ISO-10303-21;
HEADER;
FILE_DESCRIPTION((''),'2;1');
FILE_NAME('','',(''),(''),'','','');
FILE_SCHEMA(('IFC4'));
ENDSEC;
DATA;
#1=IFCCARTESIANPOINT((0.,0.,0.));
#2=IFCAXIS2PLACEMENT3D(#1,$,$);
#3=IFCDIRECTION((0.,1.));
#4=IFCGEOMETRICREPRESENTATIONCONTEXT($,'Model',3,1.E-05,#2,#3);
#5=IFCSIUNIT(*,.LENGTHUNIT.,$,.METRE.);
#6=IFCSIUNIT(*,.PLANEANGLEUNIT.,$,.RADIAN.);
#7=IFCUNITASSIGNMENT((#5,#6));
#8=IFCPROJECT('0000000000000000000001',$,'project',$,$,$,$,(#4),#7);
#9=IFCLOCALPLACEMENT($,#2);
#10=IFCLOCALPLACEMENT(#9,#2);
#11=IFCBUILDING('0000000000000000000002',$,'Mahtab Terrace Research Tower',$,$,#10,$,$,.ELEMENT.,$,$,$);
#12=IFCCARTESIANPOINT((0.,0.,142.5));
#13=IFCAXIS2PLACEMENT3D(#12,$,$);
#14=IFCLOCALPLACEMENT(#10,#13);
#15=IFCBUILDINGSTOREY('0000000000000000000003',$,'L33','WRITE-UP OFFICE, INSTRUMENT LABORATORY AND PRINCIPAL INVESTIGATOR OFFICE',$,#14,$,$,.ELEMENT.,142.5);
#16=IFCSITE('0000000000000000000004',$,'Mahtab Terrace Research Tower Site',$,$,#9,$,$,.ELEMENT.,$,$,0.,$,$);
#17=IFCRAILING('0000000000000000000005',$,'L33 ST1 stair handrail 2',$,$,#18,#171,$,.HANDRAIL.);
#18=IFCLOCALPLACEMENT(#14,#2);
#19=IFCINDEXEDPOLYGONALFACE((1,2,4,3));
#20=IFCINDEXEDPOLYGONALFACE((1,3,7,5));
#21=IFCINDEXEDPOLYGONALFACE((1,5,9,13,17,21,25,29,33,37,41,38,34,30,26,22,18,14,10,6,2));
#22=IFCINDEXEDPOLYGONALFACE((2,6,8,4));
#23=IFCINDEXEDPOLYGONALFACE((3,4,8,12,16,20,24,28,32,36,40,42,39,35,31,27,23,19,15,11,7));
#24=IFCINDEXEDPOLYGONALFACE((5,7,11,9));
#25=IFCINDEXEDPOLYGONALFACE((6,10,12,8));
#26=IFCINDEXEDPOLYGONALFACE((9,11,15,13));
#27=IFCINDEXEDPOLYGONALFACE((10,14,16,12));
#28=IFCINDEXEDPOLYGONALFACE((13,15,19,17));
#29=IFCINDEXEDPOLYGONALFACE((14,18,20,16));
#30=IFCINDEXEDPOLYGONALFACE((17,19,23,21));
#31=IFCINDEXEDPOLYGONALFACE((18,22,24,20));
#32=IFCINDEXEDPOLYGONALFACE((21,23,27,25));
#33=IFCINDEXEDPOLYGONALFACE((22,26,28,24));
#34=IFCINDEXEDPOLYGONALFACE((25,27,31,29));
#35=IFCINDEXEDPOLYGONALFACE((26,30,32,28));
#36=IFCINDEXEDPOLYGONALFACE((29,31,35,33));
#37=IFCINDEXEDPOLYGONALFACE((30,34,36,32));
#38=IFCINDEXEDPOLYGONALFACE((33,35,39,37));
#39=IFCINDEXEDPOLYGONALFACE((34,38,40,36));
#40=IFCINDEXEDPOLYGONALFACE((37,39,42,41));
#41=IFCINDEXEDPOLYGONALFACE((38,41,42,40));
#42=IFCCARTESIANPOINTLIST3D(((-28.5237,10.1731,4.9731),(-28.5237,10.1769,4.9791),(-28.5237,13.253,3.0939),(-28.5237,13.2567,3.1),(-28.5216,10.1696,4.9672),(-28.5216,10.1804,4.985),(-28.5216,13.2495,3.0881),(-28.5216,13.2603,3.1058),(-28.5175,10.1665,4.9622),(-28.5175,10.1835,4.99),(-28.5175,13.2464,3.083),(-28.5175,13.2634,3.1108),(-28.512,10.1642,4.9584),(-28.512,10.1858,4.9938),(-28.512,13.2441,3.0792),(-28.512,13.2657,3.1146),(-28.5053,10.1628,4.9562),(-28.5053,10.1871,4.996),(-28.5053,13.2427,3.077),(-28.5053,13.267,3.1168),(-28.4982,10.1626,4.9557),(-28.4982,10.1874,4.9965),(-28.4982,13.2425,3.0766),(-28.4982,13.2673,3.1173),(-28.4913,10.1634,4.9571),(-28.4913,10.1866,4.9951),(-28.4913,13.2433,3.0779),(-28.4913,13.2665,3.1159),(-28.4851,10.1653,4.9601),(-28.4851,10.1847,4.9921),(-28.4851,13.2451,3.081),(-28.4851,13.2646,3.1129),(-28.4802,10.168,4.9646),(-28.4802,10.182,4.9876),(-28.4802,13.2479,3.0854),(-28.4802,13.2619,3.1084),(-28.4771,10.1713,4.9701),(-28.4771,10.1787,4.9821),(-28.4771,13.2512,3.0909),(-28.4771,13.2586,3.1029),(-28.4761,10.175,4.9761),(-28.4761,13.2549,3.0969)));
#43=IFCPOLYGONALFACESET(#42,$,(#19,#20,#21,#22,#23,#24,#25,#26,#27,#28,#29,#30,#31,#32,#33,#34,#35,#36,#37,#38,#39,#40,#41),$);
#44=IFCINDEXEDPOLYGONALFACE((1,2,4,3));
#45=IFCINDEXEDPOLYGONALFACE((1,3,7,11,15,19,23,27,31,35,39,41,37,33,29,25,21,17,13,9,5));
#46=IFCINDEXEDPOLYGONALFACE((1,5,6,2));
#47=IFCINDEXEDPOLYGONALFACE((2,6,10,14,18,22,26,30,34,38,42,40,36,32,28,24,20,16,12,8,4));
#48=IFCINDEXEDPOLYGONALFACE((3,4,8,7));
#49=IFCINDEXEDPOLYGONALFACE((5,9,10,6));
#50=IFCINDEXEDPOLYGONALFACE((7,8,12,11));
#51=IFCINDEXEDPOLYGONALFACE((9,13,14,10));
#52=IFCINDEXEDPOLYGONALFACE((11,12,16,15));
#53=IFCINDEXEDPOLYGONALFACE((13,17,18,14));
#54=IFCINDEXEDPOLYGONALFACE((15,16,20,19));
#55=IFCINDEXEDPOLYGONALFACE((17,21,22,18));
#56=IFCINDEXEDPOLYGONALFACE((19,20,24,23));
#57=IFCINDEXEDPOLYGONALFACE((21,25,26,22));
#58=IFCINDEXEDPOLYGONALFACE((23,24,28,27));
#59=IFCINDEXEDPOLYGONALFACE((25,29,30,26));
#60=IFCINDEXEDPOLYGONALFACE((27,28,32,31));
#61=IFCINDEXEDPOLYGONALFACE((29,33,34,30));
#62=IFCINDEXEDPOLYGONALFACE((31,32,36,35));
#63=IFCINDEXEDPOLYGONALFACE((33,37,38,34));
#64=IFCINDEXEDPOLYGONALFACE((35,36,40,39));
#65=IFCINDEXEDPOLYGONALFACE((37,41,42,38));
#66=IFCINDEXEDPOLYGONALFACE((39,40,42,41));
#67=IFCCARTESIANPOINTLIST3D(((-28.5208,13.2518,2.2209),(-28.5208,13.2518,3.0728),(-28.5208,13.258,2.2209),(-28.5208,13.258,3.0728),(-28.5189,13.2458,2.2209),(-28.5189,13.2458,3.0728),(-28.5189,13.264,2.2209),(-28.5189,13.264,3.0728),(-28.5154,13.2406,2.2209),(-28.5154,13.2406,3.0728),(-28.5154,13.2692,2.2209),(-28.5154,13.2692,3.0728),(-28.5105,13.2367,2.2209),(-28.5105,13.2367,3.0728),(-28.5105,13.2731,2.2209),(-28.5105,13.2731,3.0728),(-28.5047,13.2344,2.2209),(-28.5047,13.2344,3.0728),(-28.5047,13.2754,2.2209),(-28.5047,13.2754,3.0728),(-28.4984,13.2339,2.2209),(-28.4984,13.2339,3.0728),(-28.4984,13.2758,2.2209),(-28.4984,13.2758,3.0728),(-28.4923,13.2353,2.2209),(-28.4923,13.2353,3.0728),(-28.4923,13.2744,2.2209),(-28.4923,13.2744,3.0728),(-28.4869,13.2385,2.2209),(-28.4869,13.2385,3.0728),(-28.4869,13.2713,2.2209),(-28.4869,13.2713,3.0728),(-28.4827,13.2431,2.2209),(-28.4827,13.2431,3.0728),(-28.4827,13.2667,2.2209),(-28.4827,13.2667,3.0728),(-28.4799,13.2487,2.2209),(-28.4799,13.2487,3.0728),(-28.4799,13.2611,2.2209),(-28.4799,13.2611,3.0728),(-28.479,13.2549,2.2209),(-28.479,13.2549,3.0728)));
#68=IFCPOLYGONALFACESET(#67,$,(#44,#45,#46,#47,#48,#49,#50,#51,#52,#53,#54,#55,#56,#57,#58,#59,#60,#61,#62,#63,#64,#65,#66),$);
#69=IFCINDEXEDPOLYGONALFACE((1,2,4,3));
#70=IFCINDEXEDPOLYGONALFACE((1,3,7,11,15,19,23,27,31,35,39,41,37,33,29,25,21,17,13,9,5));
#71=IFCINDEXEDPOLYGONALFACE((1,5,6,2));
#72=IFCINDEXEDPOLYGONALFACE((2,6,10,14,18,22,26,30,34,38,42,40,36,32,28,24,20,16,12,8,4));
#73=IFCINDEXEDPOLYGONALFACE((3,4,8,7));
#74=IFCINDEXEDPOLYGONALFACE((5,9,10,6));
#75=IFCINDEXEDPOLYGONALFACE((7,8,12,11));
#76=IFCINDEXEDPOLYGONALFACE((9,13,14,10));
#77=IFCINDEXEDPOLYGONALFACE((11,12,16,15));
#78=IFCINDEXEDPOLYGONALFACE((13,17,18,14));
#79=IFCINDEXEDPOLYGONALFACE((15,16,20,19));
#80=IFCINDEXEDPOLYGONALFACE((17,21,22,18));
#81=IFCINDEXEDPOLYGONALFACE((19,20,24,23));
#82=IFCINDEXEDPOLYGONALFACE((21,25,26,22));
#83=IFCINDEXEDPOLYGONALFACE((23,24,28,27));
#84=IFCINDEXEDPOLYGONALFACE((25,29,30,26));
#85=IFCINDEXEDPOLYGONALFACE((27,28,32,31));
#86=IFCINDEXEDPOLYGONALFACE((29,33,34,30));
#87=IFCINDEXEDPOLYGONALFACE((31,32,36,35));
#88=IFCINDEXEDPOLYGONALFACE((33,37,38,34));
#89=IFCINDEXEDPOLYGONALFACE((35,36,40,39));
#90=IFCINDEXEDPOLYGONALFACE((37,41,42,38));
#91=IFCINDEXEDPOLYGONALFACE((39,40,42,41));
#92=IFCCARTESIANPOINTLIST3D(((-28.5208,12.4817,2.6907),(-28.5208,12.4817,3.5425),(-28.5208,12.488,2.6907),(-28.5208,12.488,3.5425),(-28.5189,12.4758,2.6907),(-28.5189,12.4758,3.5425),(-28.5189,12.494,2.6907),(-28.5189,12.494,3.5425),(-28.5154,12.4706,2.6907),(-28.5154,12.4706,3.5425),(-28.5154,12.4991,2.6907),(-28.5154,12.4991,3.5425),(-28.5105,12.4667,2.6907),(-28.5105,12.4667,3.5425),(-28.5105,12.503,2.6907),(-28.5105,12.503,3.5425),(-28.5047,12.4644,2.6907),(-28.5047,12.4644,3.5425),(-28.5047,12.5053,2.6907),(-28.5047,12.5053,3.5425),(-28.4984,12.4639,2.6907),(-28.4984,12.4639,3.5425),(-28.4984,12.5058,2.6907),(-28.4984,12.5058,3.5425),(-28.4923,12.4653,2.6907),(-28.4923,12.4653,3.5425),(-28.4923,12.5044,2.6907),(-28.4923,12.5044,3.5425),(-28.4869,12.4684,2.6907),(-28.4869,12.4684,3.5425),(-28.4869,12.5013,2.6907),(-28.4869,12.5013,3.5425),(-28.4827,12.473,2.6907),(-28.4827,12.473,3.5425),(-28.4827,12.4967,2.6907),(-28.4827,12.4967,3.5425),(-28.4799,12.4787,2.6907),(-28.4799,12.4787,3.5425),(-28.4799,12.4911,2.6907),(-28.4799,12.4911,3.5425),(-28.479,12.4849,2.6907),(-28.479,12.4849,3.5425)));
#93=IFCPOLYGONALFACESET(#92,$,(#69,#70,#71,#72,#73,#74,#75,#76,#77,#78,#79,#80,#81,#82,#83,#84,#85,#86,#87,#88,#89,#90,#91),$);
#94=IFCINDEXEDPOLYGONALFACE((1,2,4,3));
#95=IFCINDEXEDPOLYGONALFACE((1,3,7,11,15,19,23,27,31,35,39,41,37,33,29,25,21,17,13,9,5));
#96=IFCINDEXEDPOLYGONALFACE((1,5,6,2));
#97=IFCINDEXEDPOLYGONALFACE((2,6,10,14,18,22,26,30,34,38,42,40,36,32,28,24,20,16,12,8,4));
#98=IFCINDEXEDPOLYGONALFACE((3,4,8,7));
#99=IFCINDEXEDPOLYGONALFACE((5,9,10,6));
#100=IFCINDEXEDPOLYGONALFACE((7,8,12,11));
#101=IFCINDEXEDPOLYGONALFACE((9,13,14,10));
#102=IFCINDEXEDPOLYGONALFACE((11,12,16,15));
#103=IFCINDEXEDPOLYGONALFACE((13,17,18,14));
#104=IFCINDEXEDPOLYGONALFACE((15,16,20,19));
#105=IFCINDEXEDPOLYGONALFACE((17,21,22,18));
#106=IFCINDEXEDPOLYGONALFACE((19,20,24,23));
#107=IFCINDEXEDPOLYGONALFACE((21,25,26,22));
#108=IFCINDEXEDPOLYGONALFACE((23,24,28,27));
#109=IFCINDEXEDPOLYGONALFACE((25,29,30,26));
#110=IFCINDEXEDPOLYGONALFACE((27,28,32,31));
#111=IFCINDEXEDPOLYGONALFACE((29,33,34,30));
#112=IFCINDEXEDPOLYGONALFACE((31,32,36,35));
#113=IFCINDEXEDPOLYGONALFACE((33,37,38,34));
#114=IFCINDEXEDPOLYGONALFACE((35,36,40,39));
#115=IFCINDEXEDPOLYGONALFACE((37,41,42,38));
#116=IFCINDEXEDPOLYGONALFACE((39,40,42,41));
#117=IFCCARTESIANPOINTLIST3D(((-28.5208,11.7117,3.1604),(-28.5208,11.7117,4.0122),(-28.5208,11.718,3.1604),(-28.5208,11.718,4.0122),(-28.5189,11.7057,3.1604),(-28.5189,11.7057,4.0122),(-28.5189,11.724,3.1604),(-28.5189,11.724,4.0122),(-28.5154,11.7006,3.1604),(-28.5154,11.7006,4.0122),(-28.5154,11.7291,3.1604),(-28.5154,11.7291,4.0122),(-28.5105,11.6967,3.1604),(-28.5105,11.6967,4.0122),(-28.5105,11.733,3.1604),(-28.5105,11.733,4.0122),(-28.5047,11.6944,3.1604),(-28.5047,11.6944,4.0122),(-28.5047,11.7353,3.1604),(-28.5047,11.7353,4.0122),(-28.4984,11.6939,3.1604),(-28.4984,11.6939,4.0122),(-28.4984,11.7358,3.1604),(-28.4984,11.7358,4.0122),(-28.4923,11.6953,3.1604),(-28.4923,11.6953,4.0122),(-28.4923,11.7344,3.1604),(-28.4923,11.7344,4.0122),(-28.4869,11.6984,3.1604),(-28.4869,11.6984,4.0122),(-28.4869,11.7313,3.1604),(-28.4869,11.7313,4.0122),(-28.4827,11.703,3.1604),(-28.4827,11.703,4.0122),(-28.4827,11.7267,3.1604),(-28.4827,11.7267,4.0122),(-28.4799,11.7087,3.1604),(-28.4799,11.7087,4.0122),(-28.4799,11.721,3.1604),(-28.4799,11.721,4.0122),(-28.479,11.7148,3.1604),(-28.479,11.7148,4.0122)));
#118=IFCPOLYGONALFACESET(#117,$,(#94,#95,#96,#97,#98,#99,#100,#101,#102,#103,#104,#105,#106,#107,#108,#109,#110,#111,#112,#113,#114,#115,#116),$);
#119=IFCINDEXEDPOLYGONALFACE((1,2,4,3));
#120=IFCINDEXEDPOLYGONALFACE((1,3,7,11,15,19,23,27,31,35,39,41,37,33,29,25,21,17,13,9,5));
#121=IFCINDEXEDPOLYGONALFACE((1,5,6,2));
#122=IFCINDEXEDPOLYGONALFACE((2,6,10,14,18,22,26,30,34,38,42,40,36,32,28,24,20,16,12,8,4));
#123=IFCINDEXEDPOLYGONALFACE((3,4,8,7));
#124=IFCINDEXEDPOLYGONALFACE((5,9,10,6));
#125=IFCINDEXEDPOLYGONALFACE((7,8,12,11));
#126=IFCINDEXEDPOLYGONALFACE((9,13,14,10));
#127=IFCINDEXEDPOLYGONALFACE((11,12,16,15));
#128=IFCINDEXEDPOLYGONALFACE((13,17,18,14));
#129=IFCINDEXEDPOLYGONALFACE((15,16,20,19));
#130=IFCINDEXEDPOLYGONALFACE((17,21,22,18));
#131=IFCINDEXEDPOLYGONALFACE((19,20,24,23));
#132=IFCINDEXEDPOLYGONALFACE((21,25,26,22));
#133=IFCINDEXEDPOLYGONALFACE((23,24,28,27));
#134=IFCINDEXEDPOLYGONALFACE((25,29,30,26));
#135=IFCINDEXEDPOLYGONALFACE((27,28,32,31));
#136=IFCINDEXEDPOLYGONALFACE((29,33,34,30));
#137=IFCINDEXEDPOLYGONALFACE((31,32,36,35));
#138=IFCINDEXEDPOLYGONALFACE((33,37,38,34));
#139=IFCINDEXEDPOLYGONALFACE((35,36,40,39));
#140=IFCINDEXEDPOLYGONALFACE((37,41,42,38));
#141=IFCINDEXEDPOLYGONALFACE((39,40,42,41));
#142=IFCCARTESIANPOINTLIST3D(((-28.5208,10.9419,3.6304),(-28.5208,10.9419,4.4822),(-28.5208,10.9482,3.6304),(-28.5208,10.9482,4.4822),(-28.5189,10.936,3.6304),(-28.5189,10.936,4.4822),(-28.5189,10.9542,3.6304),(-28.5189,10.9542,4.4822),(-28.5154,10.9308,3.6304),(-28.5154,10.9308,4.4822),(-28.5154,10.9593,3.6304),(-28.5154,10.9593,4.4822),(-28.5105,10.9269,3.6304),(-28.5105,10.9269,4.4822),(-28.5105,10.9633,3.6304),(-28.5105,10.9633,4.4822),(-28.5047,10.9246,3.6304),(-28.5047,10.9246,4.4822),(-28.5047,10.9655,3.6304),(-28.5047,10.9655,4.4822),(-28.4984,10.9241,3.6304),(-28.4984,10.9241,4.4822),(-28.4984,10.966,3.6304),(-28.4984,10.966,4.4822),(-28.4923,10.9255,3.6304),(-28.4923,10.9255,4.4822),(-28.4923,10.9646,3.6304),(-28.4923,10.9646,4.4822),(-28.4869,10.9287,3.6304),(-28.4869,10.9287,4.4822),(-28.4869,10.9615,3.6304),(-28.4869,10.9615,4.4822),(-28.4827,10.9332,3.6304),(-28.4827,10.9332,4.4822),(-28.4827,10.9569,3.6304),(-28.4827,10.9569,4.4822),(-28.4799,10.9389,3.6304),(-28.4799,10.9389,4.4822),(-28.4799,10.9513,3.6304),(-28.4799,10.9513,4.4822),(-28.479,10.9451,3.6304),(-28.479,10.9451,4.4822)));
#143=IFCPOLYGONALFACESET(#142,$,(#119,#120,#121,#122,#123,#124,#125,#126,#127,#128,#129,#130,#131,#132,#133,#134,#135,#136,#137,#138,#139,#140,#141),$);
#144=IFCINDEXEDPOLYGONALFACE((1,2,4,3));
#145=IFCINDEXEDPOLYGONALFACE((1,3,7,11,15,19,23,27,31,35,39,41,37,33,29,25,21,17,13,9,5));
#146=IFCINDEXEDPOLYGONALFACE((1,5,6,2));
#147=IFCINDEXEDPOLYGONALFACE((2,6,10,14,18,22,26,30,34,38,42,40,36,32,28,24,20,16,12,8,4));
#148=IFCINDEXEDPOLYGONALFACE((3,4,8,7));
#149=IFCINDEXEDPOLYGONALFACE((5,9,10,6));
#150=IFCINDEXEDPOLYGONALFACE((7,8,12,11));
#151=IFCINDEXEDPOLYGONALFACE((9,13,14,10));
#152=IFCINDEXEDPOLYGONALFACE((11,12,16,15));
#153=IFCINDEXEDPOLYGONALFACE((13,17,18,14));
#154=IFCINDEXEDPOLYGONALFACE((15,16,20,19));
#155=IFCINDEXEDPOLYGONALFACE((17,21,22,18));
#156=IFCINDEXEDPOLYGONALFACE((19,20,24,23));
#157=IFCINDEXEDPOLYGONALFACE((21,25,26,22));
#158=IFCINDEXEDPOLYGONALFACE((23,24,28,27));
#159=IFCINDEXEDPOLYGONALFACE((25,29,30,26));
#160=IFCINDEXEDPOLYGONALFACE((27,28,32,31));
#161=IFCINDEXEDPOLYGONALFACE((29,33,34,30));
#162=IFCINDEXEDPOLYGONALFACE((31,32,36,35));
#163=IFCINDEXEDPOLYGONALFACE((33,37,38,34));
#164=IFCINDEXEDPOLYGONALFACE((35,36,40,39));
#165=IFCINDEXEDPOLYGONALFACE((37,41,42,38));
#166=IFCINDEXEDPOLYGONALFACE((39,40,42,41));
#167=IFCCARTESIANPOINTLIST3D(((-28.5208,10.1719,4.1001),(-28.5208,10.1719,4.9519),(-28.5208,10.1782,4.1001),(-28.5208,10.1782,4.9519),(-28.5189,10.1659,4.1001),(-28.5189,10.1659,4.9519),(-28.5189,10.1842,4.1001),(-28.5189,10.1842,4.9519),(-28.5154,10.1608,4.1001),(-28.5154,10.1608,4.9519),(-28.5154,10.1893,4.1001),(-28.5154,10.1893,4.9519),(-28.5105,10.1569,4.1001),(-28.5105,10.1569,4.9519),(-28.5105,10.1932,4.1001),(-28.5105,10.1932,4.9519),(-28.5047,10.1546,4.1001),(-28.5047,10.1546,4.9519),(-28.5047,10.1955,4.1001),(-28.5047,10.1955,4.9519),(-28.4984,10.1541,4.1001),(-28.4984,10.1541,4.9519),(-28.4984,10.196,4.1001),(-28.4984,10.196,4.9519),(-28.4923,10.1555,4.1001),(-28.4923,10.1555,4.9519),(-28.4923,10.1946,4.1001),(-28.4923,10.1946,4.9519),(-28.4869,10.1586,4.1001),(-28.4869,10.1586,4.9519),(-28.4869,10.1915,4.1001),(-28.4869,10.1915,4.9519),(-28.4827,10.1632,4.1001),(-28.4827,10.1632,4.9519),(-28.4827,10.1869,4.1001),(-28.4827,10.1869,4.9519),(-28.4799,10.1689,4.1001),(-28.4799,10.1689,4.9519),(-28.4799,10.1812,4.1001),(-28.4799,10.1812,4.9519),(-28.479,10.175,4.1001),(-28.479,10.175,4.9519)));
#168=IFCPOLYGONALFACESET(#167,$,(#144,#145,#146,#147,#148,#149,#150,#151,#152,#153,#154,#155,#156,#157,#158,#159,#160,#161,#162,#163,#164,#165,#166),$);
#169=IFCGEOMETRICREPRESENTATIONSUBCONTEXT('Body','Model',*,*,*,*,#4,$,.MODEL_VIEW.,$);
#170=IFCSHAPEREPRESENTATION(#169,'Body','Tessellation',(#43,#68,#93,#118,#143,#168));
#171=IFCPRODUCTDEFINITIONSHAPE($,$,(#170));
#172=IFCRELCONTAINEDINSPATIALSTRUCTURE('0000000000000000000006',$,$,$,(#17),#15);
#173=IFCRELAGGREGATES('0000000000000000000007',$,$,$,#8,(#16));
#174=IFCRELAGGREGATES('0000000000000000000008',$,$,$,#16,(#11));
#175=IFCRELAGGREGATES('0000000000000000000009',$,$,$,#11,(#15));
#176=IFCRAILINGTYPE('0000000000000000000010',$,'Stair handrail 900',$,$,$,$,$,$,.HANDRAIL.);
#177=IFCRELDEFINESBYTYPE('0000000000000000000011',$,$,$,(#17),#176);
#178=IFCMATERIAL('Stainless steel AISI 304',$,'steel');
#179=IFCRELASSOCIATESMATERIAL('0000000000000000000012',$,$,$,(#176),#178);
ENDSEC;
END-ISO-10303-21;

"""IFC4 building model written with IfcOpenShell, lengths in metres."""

from ifc_helpers import new_model, si_unit, direction, frame, origin, origin_2d, place, context, subcontext, project, spatial, circle, extrude, material, type_object, element, save


model = new_model("IFC4")

# Units and contexts
model_context = context("Model", 3, precision=1e-05, world=origin(), true_north=direction((0.0, 1.0)))
body_context = subcontext(model_context, "Body", "Model", "MODEL_VIEW")
ifc_project = project(units=[si_unit("LENGTHUNIT", "METRE"), si_unit("PLANEANGLEUNIT", "RADIAN")], contexts=[model_context])

# Site, building, storey
site_placement = place(None, origin())
site = spatial("IfcSite", under=ifc_project, at=site_placement, Name="Mahtab Terrace Research Tower Site", CompositionType="ELEMENT", RefElevation=0.0)
building_placement = place(site_placement, origin())
building = spatial("IfcBuilding", under=site, at=building_placement, Name="Mahtab Terrace Research Tower", CompositionType="ELEMENT")
storey_placement = place(building_placement, frame((0.0, 0.0, 142.5)))
storey = spatial("IfcBuildingStorey", under=building, at=storey_placement, Name="L33", Description="WRITE-UP OFFICE, INSTRUMENT LABORATORY AND PRINCIPAL INVESTIGATOR OFFICE", CompositionType="ELEMENT", Elevation=142.5)

# Railing
ifc_material_1 = material(Name="Stainless steel AISI 304", Category="steel")
railing_type_1 = type_object("IfcRailingType", Name="Stair handrail 900", PredefinedType="HANDRAIL", material=ifc_material_1)
railing_1_placement = place(storey_placement, frame((-28.5, 13.2549, 2.2209)))
element("IfcRailing", 1, at=railing_1_placement, inside=storey, type_object=railing_type_1, Name="L33 ST1 stair handrail 2", PredefinedType="HANDRAIL", context=body_context, shape_type="SweptSolid", body=[
    extrude(circle(Radius=0.0239, at=origin_2d()), frame((0.0, 0.0, 0.876), z_axis=(0.0, -0.853648, 0.52085), x_axis=(1.0, 0.0, 0.0)), (0.0, 0.0, 1.0), 3.6079),
    extrude(circle(Radius=0.021, at=origin_2d()), origin(), (0.0, 0.0, 1.0), 0.8518),
    extrude(circle(Radius=0.021, at=origin_2d()), frame((0.0, -0.77, 0.4697)), (0.0, 0.0, 1.0), 0.8518),
    extrude(circle(Radius=0.021, at=origin_2d()), frame((0.0, -1.54, 0.9395)), (0.0, 0.0, 1.0), 0.8518),
    extrude(circle(Radius=0.021, at=origin_2d()), frame((0.0, -2.3098, 1.4094)), (0.0, 0.0, 1.0), 0.8518),
    extrude(circle(Radius=0.021, at=origin_2d()), frame((0.0, -3.0798, 1.8792)), (0.0, 0.0, 1.0), 0.8518),
])

save(model, "model.ifc")
